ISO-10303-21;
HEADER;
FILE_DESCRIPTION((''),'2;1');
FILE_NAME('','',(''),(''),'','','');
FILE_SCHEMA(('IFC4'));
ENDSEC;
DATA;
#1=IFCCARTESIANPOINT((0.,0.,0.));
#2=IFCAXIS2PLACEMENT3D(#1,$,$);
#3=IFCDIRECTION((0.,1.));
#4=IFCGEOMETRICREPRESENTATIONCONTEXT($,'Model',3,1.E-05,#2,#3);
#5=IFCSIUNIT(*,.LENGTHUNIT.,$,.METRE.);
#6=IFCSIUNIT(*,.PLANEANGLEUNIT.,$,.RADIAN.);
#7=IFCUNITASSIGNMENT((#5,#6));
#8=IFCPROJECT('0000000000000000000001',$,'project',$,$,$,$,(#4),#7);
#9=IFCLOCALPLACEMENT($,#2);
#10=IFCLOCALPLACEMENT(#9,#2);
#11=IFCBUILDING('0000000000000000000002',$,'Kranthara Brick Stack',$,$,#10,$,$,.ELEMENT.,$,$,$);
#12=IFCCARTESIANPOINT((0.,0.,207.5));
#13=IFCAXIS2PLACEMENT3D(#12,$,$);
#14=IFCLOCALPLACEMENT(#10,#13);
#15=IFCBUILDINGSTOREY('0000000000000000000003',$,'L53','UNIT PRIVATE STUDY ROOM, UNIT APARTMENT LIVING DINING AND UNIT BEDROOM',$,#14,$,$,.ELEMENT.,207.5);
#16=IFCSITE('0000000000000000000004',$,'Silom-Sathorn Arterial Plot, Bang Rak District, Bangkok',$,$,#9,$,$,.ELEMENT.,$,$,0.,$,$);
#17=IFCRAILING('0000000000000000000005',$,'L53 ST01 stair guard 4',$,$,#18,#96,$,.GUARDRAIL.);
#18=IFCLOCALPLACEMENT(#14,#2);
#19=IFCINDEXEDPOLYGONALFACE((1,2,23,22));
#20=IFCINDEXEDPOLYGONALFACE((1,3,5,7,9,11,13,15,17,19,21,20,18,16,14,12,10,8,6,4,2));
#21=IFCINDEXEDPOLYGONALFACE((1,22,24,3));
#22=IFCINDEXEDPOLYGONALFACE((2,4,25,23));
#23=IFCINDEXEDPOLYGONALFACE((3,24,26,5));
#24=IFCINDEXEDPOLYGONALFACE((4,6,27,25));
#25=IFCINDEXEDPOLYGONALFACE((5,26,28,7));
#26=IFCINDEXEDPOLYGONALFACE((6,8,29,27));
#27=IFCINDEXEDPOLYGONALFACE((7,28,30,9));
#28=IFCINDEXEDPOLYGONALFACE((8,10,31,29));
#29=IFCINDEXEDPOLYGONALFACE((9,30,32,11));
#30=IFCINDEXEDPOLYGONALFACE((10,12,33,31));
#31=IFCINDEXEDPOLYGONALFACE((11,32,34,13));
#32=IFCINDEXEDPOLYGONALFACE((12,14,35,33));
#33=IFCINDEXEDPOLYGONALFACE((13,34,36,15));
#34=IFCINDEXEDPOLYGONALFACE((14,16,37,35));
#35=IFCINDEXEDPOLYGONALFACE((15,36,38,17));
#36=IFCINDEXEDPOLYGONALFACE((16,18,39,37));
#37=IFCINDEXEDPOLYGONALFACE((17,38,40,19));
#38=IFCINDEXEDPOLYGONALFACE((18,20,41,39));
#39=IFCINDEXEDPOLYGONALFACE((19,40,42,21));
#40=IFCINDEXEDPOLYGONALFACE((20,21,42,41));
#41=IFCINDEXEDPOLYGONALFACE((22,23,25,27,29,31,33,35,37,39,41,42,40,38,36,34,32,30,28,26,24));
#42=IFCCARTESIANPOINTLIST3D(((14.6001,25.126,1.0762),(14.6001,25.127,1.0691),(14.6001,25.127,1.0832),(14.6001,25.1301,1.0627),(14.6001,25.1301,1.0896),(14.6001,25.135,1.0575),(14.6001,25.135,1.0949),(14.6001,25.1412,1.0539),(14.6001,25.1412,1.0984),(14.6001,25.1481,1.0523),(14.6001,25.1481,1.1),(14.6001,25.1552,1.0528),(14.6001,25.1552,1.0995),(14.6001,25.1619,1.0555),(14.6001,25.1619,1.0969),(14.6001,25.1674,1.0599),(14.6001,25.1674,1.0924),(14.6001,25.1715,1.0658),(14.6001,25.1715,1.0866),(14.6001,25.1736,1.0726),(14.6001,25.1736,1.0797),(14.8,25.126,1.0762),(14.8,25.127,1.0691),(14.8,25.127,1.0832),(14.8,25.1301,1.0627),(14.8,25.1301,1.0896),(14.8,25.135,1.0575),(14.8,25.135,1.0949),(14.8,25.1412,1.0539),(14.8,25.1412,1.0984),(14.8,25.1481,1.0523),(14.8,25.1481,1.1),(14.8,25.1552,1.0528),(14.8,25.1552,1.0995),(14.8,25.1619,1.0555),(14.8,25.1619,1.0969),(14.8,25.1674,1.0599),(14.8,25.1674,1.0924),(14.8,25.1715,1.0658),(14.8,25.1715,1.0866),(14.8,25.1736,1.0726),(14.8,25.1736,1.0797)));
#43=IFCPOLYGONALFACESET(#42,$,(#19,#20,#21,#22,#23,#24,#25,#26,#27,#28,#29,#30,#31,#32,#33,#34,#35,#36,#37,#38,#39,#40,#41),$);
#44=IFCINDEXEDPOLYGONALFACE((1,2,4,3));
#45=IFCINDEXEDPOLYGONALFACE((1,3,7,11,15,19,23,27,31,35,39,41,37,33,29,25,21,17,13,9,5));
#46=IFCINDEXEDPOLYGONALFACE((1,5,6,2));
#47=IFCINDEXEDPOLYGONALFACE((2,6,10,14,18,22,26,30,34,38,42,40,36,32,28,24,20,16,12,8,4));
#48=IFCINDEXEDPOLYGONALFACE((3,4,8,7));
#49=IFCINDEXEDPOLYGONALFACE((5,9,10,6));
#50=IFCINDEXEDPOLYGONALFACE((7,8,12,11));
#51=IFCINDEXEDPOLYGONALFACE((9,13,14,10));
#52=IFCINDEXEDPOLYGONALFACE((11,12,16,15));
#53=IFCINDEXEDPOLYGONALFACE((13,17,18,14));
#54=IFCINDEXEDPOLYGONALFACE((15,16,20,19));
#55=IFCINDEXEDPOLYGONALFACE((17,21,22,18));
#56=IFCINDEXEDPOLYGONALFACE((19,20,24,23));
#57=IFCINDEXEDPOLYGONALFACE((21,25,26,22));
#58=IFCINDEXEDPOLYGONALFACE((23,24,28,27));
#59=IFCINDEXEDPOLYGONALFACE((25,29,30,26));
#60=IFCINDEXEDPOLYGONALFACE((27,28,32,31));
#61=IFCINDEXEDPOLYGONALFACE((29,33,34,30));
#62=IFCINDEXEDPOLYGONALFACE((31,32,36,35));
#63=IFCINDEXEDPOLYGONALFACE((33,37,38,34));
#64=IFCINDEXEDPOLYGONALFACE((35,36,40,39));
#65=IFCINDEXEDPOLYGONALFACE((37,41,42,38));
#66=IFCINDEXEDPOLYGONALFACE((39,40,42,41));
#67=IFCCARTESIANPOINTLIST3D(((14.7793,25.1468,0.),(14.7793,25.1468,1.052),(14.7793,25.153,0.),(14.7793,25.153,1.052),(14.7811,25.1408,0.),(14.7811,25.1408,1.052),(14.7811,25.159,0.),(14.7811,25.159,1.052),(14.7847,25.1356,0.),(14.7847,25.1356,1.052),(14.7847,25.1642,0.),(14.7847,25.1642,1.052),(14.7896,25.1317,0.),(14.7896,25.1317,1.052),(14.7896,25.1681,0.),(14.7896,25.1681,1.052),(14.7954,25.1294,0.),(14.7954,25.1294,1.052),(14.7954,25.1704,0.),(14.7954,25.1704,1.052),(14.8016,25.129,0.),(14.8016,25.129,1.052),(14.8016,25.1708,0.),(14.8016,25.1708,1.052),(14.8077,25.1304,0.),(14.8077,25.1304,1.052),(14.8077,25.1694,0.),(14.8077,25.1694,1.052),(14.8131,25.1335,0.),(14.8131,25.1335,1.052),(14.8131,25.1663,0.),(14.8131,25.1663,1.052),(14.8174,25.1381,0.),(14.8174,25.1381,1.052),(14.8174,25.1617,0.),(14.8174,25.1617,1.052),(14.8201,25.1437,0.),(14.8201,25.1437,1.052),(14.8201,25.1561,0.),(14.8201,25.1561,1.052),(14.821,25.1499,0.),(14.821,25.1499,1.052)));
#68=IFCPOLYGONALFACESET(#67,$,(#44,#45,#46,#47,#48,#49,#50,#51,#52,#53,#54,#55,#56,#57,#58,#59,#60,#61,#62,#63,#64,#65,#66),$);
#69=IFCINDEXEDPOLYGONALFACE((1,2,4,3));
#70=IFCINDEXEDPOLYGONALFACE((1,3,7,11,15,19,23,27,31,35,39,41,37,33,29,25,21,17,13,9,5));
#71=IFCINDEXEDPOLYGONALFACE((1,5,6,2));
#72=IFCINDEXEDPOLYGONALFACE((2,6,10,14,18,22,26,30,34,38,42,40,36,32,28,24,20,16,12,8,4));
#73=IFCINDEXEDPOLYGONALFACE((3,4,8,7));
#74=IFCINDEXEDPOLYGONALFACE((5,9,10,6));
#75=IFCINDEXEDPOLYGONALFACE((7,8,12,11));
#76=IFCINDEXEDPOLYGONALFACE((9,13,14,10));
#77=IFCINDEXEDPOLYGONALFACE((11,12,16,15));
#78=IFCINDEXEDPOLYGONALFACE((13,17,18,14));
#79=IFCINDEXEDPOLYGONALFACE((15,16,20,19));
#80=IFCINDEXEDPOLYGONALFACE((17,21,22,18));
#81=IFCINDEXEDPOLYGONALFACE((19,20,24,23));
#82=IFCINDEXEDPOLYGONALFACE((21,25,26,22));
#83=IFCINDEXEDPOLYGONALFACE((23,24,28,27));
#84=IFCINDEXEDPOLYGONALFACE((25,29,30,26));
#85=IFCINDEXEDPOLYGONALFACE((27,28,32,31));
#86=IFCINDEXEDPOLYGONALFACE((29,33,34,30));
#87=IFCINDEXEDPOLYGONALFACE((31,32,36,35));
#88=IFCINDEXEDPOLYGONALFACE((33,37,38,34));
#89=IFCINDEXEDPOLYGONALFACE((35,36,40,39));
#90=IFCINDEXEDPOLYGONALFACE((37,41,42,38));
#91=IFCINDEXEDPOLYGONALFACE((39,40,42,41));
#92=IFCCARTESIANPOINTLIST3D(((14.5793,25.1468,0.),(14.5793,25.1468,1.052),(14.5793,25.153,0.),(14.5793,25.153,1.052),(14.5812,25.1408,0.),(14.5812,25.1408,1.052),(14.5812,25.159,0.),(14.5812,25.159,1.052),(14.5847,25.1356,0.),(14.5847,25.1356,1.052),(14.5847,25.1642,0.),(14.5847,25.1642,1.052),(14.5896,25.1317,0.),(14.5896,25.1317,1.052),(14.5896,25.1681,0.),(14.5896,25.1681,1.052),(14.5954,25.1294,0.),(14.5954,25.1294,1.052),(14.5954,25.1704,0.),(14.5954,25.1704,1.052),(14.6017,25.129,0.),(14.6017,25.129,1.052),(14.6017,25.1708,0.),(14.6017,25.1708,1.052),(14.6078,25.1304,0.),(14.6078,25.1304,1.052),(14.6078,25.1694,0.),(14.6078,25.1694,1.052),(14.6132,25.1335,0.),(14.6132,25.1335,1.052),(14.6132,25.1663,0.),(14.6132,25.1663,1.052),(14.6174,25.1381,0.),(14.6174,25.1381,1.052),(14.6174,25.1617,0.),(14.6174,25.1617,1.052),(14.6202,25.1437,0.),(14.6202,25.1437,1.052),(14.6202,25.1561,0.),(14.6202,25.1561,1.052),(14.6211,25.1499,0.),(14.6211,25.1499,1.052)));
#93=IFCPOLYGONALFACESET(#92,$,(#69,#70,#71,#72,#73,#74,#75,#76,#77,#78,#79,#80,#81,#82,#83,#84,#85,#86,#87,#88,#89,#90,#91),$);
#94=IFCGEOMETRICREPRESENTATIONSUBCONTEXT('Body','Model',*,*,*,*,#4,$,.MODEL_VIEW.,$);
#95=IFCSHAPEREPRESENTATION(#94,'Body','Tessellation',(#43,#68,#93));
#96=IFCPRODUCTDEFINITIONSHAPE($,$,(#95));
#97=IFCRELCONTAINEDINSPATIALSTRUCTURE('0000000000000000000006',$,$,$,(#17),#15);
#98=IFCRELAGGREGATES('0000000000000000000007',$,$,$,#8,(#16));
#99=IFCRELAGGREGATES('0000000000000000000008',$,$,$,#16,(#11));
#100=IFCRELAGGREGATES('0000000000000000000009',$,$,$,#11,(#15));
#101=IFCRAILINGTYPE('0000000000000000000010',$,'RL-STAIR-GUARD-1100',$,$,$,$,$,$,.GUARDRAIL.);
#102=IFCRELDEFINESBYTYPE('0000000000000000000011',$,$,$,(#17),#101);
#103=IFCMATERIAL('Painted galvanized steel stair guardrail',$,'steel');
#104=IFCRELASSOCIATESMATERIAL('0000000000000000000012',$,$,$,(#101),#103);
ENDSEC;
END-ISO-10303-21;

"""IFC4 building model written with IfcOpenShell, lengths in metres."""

from ifc_helpers import new_model, si_unit, direction, frame, origin, origin_2d, place, context, subcontext, project, spatial, circle, extrude, material, type_object, element, save


model = new_model("IFC4")

# Units and contexts
model_context = context("Model", 3, precision=1e-05, world=origin(), true_north=direction((0.0, 1.0)))
body_context = subcontext(model_context, "Body", "Model", "MODEL_VIEW")
ifc_project = project(units=[si_unit("LENGTHUNIT", "METRE"), si_unit("PLANEANGLEUNIT", "RADIAN")], contexts=[model_context])

# Site, building, storey
site_placement = place(None, origin())
site = spatial("IfcSite", under=ifc_project, at=site_placement, Name="Silom-Sathorn Arterial Plot, Bang Rak District, Bangkok", CompositionType="ELEMENT", RefElevation=0.0)
building_placement = place(site_placement, origin())
building = spatial("IfcBuilding", under=site, at=building_placement, Name="Kranthara Brick Stack", CompositionType="ELEMENT")
storey_placement = place(building_placement, frame((0.0, 0.0, 207.5)))
storey = spatial("IfcBuildingStorey", under=building, at=storey_placement, Name="L53", Description="UNIT PRIVATE STUDY ROOM, UNIT APARTMENT LIVING DINING AND UNIT BEDROOM", CompositionType="ELEMENT", Elevation=207.5)

# Railing
ifc_material_1 = material(Name="Painted galvanized steel stair guardrail", Category="steel")
railing_type_1 = type_object("IfcRailingType", Name="RL-STAIR-GUARD-1100", PredefinedType="GUARDRAIL", material=ifc_material_1)
railing_1_placement = place(storey_placement, frame((14.8, 25.1499, 0.0)))
element("IfcRailing", 1, at=railing_1_placement, inside=storey, type_object=railing_type_1, Name="L53 ST01 stair guard 4", PredefinedType="GUARDRAIL", context=body_context, shape_type="SweptSolid", body=[
    extrude(circle(Radius=0.0239, at=origin_2d()), frame((0.0, 0.0, 1.0762), z_axis=(-1.0, 0.0, 0.0), x_axis=(0.0, -1.0, 0.0)), (0.0, 0.0, 1.0), 0.2),
    extrude(circle(Radius=0.021, at=origin_2d()), origin(), (0.0, 0.0, 1.0), 1.052),
    extrude(circle(Radius=0.021, at=origin_2d()), frame((-0.2, 0.0, 0.0)), (0.0, 0.0, 1.0), 1.052),
])

save(model, "model.ifc")
